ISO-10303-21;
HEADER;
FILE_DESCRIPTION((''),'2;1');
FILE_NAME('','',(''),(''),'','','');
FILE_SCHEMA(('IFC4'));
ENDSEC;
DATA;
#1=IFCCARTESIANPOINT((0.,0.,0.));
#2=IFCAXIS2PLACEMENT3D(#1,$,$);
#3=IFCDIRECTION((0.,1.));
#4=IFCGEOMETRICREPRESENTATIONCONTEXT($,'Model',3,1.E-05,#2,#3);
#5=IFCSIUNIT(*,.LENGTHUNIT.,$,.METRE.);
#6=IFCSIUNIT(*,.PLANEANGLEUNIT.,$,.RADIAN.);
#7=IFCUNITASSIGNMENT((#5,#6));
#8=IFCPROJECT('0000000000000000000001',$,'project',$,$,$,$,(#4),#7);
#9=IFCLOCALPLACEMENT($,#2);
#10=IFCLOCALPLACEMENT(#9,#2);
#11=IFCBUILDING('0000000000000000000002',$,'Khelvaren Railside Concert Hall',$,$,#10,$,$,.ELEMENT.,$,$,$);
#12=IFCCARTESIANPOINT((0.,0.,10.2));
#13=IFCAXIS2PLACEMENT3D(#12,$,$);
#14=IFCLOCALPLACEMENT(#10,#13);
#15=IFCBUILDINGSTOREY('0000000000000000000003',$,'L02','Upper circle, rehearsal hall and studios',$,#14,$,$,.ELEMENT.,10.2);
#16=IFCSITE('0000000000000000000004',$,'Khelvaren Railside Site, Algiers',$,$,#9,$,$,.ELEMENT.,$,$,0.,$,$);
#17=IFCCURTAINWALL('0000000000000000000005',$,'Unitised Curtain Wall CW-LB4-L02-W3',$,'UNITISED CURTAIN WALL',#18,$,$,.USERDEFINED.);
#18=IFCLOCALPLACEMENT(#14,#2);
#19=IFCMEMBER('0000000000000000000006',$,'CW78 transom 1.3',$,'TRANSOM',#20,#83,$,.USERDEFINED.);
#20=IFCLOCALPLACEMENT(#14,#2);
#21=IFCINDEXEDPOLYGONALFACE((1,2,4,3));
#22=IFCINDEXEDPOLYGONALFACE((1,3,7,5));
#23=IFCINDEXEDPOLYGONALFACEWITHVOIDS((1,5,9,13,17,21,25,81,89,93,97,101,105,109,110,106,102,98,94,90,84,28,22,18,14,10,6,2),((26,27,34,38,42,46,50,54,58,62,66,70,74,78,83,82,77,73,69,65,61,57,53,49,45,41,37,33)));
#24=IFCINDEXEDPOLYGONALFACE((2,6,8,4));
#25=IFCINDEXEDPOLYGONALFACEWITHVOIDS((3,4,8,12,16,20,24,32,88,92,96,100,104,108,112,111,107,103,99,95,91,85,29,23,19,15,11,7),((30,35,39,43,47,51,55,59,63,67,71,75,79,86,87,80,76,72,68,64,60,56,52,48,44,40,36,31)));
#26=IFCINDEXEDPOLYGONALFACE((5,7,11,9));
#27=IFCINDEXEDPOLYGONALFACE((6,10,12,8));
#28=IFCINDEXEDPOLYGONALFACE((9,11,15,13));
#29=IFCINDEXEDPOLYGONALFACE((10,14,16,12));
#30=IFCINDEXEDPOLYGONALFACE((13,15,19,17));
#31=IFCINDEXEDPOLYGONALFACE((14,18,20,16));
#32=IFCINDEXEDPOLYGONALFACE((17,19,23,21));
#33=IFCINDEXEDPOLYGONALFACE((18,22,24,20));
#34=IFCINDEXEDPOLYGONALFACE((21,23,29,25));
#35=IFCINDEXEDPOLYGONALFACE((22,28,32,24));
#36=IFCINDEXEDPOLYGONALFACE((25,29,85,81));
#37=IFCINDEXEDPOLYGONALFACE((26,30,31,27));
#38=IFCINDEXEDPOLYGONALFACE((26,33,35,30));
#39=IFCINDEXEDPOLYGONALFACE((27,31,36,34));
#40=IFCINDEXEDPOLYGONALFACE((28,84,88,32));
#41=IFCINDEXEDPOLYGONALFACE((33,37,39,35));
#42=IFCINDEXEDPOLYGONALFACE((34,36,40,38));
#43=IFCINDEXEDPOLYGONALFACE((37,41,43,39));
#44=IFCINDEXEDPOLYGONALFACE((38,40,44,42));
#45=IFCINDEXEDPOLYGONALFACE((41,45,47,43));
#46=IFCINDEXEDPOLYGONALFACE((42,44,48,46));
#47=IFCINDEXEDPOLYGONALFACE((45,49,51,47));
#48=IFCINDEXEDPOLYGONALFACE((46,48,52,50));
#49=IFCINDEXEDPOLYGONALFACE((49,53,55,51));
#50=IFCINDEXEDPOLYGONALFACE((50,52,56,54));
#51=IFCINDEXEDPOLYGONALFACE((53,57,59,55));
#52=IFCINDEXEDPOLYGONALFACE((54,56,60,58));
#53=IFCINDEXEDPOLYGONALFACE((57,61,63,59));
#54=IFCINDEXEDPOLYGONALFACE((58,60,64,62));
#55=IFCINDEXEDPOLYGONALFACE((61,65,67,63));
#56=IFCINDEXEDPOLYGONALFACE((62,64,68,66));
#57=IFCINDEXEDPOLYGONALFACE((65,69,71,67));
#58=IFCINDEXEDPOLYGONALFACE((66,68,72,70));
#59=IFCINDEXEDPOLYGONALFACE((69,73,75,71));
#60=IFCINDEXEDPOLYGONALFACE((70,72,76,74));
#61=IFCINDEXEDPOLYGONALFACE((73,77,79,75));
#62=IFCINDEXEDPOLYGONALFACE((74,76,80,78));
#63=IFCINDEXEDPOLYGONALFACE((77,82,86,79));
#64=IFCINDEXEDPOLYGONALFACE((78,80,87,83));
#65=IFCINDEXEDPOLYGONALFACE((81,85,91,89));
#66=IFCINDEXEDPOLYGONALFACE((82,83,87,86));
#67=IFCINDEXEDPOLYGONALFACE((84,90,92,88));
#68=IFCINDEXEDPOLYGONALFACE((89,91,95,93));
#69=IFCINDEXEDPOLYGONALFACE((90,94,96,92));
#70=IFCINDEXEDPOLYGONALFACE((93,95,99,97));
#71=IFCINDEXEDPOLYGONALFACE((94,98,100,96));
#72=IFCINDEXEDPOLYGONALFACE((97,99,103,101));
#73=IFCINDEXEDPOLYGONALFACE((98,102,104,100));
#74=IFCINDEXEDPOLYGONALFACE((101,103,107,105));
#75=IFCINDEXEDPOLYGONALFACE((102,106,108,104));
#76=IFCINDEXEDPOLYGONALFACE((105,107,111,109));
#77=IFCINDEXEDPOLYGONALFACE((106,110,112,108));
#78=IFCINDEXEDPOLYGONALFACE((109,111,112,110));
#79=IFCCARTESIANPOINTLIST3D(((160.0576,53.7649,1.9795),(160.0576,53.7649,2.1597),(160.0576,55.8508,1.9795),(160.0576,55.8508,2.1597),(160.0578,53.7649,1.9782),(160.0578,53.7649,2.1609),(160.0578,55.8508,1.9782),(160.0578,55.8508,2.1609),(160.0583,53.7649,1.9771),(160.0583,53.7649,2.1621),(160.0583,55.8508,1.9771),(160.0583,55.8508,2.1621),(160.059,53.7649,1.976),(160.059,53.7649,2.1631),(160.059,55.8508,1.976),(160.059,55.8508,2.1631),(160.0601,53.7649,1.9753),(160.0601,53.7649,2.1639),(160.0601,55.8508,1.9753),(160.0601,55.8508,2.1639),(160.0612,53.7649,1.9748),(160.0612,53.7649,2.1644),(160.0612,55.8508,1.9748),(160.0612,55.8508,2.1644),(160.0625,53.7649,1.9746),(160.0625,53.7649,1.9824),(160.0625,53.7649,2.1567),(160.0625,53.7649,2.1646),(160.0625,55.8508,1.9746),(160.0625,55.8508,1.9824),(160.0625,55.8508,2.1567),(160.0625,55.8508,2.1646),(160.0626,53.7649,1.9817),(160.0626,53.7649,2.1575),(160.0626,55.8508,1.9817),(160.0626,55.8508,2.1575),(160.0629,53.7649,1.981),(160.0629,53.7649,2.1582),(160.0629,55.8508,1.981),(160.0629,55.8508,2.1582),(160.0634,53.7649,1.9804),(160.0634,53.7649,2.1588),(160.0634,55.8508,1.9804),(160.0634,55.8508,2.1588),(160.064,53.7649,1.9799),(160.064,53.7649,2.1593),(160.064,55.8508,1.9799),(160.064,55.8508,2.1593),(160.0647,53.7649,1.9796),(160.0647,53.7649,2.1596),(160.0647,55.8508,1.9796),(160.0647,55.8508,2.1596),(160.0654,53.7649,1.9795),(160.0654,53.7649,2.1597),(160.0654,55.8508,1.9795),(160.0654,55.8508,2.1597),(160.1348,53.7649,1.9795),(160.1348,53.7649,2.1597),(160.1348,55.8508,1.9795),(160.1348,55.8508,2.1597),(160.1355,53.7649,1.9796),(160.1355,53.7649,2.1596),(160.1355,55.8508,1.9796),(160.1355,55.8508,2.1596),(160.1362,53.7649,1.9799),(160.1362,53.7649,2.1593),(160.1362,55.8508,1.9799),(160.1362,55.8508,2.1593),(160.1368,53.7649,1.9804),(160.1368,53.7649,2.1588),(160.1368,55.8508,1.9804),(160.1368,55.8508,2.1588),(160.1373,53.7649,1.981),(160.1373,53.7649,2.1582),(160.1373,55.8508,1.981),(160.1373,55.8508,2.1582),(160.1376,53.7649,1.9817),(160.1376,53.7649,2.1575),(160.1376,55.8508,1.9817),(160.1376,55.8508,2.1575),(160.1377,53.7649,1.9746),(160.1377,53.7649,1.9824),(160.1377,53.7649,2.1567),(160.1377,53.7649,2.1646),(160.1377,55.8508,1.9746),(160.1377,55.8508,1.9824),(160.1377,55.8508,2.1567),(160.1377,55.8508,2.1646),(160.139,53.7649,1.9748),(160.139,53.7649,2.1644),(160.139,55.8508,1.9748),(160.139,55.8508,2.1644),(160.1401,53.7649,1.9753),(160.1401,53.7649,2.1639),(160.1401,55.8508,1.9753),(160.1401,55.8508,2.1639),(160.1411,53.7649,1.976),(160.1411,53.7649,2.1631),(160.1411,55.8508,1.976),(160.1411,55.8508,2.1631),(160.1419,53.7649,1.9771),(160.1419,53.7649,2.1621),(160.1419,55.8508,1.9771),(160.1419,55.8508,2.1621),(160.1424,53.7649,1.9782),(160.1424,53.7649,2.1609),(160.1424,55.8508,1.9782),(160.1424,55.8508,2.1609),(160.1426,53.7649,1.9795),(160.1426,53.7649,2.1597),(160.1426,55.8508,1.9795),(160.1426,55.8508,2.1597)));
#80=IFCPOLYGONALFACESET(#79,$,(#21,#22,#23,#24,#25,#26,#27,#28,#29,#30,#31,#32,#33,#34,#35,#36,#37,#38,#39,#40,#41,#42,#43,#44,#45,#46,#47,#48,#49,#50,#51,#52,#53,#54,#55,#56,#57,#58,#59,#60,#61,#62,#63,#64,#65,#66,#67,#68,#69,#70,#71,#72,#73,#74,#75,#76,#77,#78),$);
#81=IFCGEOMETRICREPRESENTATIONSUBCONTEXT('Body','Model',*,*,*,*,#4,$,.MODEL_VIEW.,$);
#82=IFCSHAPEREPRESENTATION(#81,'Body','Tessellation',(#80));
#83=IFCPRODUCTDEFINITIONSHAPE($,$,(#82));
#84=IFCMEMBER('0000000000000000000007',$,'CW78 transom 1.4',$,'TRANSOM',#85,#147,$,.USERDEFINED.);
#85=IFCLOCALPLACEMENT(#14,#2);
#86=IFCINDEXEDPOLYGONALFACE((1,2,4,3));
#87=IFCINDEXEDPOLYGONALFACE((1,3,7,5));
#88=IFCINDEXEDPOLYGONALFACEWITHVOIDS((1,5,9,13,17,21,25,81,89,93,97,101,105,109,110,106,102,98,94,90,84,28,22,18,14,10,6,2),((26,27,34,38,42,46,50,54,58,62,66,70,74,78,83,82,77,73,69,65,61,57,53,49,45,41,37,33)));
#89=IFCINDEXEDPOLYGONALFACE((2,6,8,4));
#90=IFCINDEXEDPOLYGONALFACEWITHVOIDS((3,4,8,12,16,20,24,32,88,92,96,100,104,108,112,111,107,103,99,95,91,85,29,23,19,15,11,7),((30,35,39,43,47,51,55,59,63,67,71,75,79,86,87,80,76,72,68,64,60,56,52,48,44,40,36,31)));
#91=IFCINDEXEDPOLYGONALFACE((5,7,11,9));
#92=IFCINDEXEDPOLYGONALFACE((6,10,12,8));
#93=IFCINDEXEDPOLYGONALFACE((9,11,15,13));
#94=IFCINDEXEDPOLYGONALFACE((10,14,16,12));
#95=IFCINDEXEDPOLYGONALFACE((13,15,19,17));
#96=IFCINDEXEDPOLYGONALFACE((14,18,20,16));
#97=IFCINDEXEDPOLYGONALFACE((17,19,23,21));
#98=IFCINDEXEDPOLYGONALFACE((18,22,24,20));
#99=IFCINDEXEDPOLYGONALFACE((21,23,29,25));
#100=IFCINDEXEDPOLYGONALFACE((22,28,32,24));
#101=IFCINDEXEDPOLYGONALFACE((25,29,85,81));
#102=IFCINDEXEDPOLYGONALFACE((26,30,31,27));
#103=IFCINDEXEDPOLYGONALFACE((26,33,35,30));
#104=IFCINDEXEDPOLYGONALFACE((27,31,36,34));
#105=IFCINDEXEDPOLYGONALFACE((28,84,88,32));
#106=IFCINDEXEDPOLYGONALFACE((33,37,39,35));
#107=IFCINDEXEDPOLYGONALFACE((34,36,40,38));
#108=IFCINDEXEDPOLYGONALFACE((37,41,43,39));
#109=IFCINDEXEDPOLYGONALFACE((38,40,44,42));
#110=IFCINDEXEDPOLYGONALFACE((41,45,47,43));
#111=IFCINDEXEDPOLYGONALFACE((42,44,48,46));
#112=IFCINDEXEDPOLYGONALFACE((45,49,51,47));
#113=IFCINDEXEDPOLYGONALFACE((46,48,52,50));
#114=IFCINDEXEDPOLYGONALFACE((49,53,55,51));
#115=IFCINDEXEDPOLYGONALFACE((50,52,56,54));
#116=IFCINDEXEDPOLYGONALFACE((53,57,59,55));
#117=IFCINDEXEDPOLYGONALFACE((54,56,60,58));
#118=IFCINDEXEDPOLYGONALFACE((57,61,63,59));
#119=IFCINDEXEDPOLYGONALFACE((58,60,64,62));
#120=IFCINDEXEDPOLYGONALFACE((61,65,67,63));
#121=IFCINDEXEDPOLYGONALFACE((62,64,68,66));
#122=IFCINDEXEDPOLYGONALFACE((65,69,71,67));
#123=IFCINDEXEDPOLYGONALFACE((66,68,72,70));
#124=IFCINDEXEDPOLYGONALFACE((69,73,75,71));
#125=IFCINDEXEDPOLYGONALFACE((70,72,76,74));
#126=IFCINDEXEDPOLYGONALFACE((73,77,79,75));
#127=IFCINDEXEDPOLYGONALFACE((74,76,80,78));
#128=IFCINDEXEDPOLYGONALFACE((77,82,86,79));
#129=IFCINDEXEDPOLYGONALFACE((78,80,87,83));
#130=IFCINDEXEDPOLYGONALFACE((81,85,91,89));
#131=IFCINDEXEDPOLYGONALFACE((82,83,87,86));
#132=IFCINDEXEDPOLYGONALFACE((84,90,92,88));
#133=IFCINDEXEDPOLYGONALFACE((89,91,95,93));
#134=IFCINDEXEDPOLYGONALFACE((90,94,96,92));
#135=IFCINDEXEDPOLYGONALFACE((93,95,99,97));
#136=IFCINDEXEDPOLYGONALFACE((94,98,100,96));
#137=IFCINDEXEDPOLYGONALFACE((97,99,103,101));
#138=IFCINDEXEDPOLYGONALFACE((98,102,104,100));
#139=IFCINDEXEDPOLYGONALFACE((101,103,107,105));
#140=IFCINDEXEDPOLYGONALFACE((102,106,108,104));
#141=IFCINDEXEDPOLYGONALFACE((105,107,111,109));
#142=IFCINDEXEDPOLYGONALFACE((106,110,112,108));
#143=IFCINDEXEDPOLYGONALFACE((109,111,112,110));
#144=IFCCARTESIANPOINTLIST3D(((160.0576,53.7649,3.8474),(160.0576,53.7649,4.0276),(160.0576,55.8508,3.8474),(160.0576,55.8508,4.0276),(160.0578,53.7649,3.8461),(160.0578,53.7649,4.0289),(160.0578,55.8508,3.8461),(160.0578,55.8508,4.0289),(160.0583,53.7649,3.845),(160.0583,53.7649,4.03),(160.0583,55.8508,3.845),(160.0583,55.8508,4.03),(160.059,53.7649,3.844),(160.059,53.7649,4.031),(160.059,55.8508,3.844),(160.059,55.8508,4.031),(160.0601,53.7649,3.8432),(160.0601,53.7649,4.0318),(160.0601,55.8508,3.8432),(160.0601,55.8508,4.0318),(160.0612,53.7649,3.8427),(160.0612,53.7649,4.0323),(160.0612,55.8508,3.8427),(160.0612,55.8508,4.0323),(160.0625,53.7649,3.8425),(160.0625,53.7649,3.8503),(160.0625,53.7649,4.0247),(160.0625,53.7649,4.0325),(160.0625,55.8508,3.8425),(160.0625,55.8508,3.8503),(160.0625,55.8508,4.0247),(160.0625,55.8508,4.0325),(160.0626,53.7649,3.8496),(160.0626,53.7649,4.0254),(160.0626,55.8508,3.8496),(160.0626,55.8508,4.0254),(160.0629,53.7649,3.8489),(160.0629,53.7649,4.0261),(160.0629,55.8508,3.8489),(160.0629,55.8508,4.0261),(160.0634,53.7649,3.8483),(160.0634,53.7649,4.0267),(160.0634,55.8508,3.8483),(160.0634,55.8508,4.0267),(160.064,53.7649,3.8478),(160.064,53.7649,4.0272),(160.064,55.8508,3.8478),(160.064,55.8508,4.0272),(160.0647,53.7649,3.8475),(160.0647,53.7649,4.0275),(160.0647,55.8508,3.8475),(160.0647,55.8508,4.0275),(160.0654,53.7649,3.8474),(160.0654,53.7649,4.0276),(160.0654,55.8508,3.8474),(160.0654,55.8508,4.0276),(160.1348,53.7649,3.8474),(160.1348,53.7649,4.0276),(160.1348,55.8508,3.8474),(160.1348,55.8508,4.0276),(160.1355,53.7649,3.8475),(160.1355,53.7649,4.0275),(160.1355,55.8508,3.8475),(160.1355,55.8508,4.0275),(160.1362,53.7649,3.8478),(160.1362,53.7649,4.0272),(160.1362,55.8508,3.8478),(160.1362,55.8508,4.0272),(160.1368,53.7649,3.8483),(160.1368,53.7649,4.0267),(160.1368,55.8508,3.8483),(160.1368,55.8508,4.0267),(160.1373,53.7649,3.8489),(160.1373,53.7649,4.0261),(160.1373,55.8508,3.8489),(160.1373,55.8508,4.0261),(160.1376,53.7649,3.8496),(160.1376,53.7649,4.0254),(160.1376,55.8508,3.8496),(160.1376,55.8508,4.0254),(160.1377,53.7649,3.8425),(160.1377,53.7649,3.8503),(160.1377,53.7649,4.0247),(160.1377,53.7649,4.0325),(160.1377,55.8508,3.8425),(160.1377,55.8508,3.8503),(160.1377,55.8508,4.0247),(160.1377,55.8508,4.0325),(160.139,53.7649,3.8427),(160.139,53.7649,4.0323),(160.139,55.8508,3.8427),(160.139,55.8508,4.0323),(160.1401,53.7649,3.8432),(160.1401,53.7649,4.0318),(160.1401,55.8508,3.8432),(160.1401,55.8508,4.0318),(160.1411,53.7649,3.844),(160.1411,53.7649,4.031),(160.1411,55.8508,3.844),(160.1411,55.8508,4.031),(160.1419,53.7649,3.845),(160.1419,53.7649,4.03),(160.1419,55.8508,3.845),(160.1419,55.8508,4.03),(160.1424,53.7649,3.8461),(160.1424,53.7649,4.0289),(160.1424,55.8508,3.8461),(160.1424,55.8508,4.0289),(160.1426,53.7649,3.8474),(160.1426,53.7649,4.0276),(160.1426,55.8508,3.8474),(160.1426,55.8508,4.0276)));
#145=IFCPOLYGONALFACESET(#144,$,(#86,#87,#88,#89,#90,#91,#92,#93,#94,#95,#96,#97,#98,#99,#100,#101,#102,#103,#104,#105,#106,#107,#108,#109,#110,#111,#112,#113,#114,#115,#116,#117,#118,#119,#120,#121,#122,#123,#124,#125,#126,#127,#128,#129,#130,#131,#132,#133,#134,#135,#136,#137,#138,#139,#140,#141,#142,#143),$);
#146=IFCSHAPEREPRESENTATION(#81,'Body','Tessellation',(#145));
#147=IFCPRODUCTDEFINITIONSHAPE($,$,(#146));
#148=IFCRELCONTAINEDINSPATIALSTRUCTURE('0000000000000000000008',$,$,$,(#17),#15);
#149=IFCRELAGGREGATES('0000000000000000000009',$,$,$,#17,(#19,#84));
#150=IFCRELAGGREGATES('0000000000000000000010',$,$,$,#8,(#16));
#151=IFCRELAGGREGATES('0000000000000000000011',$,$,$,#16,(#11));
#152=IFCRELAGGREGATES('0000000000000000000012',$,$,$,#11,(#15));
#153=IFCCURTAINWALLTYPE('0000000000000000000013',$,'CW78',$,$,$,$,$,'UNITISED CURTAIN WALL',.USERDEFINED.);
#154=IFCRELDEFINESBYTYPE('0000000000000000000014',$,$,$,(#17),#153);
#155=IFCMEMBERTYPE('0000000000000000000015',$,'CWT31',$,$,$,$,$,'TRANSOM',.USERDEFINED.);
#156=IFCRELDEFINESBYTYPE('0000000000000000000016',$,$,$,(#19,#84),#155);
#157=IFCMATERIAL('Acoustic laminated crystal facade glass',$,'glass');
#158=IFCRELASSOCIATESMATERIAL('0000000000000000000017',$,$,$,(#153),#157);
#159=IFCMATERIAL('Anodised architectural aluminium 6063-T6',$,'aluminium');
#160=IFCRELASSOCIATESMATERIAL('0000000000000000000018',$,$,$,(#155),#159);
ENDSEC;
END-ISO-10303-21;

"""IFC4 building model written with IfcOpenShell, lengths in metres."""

from ifc_helpers import new_model, si_unit, direction, frame, origin, origin_2d, place, context, subcontext, project, spatial, hollow_rectangle, extrude, material, material_profile, profile_set, type_object, element, aggregate, save


model = new_model("IFC4")

# Units and contexts
model_context = context("Model", 3, precision=1e-05, world=origin(), true_north=direction((0.0, 1.0)))
body_context = subcontext(model_context, "Body", "Model", "MODEL_VIEW")
ifc_project = project(units=[si_unit("LENGTHUNIT", "METRE"), si_unit("PLANEANGLEUNIT", "RADIAN")], contexts=[model_context])

# Site, building, storey
site_placement = place(None, origin())
site = spatial("IfcSite", under=ifc_project, at=site_placement, Name="Khelvaren Railside Site, Algiers", CompositionType="ELEMENT", RefElevation=0.0)
building_placement = place(site_placement, origin())
building = spatial("IfcBuilding", under=site, at=building_placement, Name="Khelvaren Railside Concert Hall", CompositionType="ELEMENT")
storey_placement = place(building_placement, frame((0.0, 0.0, 10.2)))
storey = spatial("IfcBuildingStorey", under=building, at=storey_placement, Name="L02", Description="Upper circle, rehearsal hall and studios", CompositionType="ELEMENT", Elevation=10.2)

# Shared definitions
ifc_material_1 = material(Name="Acoustic laminated crystal facade glass", Category="glass")
curtain_wall_type = type_object("IfcCurtainWallType", Name="CW78", ElementType="UNITISED CURTAIN WALL", PredefinedType="USERDEFINED", material=ifc_material_1)
ifc_material_2 = material(Name="Anodised architectural aluminium 6063-T6", Category="aluminium")

# Curtain wall, members
curtain_wall_1_placement = place(storey_placement, origin())
curtain_wall_1 = element("IfcCurtainWall", 1, at=curtain_wall_1_placement, inside=storey, type_object=curtain_wall_type, Name="Unitised Curtain Wall CW-LB4-L02-W3", ObjectType="UNITISED CURTAIN WALL", PredefinedType="USERDEFINED")
ifc_material_profile_1 = material_profile(ifc_material_2, hollow_rectangle(XDim=0.085, YDim=0.1899, WallThickness=0.0049, InnerFilletRadius=0.0029, OuterFilletRadius=0.0049, at=origin_2d()), Name="CWT 85x190x5")
ifc_profile_set_1 = profile_set([ifc_material_profile_1], Name="Anodised architectural aluminium 6063-T6")
member_type_1 = type_object("IfcMemberType", Name="CWT31", ElementType="TRANSOM", PredefinedType="USERDEFINED", material=ifc_profile_set_1)
member_1_placement = place(storey_placement, frame((160.1001, 53.7649, 2.0696), z_axis=(0.0, 1.0, 0.0), x_axis=(-1.0, 0.0, 0.0)))
member_1 = element("IfcMember", 2, at=member_1_placement, type_object=member_type_1, Name="CW78 transom 1.3", ObjectType="TRANSOM", PredefinedType="USERDEFINED", context=body_context, shape_type="SweptSolid", body=[
    extrude(hollow_rectangle(XDim=0.085, YDim=0.1899, WallThickness=0.0049, InnerFilletRadius=0.0029, OuterFilletRadius=0.0049, at=origin_2d()), origin(), (0.0, 0.0, 1.0), 2.0859),
])
member_2_placement = place(storey_placement, frame((160.1001, 53.7649, 3.9375), z_axis=(0.0, 1.0, 0.0), x_axis=(-1.0, 0.0, 0.0)))
member_2 = element("IfcMember", 3, at=member_2_placement, type_object=member_type_1, Name="CW78 transom 1.4", ObjectType="TRANSOM", PredefinedType="USERDEFINED", context=body_context, shape_type="SweptSolid", body=[
    extrude(hollow_rectangle(XDim=0.085, YDim=0.1899, WallThickness=0.0049, InnerFilletRadius=0.0029, OuterFilletRadius=0.0049, at=origin_2d()), origin(), (0.0, 0.0, 1.0), 2.0859),
])

aggregate(curtain_wall_1, [member_1, member_2])

save(model, "model.ifc")
